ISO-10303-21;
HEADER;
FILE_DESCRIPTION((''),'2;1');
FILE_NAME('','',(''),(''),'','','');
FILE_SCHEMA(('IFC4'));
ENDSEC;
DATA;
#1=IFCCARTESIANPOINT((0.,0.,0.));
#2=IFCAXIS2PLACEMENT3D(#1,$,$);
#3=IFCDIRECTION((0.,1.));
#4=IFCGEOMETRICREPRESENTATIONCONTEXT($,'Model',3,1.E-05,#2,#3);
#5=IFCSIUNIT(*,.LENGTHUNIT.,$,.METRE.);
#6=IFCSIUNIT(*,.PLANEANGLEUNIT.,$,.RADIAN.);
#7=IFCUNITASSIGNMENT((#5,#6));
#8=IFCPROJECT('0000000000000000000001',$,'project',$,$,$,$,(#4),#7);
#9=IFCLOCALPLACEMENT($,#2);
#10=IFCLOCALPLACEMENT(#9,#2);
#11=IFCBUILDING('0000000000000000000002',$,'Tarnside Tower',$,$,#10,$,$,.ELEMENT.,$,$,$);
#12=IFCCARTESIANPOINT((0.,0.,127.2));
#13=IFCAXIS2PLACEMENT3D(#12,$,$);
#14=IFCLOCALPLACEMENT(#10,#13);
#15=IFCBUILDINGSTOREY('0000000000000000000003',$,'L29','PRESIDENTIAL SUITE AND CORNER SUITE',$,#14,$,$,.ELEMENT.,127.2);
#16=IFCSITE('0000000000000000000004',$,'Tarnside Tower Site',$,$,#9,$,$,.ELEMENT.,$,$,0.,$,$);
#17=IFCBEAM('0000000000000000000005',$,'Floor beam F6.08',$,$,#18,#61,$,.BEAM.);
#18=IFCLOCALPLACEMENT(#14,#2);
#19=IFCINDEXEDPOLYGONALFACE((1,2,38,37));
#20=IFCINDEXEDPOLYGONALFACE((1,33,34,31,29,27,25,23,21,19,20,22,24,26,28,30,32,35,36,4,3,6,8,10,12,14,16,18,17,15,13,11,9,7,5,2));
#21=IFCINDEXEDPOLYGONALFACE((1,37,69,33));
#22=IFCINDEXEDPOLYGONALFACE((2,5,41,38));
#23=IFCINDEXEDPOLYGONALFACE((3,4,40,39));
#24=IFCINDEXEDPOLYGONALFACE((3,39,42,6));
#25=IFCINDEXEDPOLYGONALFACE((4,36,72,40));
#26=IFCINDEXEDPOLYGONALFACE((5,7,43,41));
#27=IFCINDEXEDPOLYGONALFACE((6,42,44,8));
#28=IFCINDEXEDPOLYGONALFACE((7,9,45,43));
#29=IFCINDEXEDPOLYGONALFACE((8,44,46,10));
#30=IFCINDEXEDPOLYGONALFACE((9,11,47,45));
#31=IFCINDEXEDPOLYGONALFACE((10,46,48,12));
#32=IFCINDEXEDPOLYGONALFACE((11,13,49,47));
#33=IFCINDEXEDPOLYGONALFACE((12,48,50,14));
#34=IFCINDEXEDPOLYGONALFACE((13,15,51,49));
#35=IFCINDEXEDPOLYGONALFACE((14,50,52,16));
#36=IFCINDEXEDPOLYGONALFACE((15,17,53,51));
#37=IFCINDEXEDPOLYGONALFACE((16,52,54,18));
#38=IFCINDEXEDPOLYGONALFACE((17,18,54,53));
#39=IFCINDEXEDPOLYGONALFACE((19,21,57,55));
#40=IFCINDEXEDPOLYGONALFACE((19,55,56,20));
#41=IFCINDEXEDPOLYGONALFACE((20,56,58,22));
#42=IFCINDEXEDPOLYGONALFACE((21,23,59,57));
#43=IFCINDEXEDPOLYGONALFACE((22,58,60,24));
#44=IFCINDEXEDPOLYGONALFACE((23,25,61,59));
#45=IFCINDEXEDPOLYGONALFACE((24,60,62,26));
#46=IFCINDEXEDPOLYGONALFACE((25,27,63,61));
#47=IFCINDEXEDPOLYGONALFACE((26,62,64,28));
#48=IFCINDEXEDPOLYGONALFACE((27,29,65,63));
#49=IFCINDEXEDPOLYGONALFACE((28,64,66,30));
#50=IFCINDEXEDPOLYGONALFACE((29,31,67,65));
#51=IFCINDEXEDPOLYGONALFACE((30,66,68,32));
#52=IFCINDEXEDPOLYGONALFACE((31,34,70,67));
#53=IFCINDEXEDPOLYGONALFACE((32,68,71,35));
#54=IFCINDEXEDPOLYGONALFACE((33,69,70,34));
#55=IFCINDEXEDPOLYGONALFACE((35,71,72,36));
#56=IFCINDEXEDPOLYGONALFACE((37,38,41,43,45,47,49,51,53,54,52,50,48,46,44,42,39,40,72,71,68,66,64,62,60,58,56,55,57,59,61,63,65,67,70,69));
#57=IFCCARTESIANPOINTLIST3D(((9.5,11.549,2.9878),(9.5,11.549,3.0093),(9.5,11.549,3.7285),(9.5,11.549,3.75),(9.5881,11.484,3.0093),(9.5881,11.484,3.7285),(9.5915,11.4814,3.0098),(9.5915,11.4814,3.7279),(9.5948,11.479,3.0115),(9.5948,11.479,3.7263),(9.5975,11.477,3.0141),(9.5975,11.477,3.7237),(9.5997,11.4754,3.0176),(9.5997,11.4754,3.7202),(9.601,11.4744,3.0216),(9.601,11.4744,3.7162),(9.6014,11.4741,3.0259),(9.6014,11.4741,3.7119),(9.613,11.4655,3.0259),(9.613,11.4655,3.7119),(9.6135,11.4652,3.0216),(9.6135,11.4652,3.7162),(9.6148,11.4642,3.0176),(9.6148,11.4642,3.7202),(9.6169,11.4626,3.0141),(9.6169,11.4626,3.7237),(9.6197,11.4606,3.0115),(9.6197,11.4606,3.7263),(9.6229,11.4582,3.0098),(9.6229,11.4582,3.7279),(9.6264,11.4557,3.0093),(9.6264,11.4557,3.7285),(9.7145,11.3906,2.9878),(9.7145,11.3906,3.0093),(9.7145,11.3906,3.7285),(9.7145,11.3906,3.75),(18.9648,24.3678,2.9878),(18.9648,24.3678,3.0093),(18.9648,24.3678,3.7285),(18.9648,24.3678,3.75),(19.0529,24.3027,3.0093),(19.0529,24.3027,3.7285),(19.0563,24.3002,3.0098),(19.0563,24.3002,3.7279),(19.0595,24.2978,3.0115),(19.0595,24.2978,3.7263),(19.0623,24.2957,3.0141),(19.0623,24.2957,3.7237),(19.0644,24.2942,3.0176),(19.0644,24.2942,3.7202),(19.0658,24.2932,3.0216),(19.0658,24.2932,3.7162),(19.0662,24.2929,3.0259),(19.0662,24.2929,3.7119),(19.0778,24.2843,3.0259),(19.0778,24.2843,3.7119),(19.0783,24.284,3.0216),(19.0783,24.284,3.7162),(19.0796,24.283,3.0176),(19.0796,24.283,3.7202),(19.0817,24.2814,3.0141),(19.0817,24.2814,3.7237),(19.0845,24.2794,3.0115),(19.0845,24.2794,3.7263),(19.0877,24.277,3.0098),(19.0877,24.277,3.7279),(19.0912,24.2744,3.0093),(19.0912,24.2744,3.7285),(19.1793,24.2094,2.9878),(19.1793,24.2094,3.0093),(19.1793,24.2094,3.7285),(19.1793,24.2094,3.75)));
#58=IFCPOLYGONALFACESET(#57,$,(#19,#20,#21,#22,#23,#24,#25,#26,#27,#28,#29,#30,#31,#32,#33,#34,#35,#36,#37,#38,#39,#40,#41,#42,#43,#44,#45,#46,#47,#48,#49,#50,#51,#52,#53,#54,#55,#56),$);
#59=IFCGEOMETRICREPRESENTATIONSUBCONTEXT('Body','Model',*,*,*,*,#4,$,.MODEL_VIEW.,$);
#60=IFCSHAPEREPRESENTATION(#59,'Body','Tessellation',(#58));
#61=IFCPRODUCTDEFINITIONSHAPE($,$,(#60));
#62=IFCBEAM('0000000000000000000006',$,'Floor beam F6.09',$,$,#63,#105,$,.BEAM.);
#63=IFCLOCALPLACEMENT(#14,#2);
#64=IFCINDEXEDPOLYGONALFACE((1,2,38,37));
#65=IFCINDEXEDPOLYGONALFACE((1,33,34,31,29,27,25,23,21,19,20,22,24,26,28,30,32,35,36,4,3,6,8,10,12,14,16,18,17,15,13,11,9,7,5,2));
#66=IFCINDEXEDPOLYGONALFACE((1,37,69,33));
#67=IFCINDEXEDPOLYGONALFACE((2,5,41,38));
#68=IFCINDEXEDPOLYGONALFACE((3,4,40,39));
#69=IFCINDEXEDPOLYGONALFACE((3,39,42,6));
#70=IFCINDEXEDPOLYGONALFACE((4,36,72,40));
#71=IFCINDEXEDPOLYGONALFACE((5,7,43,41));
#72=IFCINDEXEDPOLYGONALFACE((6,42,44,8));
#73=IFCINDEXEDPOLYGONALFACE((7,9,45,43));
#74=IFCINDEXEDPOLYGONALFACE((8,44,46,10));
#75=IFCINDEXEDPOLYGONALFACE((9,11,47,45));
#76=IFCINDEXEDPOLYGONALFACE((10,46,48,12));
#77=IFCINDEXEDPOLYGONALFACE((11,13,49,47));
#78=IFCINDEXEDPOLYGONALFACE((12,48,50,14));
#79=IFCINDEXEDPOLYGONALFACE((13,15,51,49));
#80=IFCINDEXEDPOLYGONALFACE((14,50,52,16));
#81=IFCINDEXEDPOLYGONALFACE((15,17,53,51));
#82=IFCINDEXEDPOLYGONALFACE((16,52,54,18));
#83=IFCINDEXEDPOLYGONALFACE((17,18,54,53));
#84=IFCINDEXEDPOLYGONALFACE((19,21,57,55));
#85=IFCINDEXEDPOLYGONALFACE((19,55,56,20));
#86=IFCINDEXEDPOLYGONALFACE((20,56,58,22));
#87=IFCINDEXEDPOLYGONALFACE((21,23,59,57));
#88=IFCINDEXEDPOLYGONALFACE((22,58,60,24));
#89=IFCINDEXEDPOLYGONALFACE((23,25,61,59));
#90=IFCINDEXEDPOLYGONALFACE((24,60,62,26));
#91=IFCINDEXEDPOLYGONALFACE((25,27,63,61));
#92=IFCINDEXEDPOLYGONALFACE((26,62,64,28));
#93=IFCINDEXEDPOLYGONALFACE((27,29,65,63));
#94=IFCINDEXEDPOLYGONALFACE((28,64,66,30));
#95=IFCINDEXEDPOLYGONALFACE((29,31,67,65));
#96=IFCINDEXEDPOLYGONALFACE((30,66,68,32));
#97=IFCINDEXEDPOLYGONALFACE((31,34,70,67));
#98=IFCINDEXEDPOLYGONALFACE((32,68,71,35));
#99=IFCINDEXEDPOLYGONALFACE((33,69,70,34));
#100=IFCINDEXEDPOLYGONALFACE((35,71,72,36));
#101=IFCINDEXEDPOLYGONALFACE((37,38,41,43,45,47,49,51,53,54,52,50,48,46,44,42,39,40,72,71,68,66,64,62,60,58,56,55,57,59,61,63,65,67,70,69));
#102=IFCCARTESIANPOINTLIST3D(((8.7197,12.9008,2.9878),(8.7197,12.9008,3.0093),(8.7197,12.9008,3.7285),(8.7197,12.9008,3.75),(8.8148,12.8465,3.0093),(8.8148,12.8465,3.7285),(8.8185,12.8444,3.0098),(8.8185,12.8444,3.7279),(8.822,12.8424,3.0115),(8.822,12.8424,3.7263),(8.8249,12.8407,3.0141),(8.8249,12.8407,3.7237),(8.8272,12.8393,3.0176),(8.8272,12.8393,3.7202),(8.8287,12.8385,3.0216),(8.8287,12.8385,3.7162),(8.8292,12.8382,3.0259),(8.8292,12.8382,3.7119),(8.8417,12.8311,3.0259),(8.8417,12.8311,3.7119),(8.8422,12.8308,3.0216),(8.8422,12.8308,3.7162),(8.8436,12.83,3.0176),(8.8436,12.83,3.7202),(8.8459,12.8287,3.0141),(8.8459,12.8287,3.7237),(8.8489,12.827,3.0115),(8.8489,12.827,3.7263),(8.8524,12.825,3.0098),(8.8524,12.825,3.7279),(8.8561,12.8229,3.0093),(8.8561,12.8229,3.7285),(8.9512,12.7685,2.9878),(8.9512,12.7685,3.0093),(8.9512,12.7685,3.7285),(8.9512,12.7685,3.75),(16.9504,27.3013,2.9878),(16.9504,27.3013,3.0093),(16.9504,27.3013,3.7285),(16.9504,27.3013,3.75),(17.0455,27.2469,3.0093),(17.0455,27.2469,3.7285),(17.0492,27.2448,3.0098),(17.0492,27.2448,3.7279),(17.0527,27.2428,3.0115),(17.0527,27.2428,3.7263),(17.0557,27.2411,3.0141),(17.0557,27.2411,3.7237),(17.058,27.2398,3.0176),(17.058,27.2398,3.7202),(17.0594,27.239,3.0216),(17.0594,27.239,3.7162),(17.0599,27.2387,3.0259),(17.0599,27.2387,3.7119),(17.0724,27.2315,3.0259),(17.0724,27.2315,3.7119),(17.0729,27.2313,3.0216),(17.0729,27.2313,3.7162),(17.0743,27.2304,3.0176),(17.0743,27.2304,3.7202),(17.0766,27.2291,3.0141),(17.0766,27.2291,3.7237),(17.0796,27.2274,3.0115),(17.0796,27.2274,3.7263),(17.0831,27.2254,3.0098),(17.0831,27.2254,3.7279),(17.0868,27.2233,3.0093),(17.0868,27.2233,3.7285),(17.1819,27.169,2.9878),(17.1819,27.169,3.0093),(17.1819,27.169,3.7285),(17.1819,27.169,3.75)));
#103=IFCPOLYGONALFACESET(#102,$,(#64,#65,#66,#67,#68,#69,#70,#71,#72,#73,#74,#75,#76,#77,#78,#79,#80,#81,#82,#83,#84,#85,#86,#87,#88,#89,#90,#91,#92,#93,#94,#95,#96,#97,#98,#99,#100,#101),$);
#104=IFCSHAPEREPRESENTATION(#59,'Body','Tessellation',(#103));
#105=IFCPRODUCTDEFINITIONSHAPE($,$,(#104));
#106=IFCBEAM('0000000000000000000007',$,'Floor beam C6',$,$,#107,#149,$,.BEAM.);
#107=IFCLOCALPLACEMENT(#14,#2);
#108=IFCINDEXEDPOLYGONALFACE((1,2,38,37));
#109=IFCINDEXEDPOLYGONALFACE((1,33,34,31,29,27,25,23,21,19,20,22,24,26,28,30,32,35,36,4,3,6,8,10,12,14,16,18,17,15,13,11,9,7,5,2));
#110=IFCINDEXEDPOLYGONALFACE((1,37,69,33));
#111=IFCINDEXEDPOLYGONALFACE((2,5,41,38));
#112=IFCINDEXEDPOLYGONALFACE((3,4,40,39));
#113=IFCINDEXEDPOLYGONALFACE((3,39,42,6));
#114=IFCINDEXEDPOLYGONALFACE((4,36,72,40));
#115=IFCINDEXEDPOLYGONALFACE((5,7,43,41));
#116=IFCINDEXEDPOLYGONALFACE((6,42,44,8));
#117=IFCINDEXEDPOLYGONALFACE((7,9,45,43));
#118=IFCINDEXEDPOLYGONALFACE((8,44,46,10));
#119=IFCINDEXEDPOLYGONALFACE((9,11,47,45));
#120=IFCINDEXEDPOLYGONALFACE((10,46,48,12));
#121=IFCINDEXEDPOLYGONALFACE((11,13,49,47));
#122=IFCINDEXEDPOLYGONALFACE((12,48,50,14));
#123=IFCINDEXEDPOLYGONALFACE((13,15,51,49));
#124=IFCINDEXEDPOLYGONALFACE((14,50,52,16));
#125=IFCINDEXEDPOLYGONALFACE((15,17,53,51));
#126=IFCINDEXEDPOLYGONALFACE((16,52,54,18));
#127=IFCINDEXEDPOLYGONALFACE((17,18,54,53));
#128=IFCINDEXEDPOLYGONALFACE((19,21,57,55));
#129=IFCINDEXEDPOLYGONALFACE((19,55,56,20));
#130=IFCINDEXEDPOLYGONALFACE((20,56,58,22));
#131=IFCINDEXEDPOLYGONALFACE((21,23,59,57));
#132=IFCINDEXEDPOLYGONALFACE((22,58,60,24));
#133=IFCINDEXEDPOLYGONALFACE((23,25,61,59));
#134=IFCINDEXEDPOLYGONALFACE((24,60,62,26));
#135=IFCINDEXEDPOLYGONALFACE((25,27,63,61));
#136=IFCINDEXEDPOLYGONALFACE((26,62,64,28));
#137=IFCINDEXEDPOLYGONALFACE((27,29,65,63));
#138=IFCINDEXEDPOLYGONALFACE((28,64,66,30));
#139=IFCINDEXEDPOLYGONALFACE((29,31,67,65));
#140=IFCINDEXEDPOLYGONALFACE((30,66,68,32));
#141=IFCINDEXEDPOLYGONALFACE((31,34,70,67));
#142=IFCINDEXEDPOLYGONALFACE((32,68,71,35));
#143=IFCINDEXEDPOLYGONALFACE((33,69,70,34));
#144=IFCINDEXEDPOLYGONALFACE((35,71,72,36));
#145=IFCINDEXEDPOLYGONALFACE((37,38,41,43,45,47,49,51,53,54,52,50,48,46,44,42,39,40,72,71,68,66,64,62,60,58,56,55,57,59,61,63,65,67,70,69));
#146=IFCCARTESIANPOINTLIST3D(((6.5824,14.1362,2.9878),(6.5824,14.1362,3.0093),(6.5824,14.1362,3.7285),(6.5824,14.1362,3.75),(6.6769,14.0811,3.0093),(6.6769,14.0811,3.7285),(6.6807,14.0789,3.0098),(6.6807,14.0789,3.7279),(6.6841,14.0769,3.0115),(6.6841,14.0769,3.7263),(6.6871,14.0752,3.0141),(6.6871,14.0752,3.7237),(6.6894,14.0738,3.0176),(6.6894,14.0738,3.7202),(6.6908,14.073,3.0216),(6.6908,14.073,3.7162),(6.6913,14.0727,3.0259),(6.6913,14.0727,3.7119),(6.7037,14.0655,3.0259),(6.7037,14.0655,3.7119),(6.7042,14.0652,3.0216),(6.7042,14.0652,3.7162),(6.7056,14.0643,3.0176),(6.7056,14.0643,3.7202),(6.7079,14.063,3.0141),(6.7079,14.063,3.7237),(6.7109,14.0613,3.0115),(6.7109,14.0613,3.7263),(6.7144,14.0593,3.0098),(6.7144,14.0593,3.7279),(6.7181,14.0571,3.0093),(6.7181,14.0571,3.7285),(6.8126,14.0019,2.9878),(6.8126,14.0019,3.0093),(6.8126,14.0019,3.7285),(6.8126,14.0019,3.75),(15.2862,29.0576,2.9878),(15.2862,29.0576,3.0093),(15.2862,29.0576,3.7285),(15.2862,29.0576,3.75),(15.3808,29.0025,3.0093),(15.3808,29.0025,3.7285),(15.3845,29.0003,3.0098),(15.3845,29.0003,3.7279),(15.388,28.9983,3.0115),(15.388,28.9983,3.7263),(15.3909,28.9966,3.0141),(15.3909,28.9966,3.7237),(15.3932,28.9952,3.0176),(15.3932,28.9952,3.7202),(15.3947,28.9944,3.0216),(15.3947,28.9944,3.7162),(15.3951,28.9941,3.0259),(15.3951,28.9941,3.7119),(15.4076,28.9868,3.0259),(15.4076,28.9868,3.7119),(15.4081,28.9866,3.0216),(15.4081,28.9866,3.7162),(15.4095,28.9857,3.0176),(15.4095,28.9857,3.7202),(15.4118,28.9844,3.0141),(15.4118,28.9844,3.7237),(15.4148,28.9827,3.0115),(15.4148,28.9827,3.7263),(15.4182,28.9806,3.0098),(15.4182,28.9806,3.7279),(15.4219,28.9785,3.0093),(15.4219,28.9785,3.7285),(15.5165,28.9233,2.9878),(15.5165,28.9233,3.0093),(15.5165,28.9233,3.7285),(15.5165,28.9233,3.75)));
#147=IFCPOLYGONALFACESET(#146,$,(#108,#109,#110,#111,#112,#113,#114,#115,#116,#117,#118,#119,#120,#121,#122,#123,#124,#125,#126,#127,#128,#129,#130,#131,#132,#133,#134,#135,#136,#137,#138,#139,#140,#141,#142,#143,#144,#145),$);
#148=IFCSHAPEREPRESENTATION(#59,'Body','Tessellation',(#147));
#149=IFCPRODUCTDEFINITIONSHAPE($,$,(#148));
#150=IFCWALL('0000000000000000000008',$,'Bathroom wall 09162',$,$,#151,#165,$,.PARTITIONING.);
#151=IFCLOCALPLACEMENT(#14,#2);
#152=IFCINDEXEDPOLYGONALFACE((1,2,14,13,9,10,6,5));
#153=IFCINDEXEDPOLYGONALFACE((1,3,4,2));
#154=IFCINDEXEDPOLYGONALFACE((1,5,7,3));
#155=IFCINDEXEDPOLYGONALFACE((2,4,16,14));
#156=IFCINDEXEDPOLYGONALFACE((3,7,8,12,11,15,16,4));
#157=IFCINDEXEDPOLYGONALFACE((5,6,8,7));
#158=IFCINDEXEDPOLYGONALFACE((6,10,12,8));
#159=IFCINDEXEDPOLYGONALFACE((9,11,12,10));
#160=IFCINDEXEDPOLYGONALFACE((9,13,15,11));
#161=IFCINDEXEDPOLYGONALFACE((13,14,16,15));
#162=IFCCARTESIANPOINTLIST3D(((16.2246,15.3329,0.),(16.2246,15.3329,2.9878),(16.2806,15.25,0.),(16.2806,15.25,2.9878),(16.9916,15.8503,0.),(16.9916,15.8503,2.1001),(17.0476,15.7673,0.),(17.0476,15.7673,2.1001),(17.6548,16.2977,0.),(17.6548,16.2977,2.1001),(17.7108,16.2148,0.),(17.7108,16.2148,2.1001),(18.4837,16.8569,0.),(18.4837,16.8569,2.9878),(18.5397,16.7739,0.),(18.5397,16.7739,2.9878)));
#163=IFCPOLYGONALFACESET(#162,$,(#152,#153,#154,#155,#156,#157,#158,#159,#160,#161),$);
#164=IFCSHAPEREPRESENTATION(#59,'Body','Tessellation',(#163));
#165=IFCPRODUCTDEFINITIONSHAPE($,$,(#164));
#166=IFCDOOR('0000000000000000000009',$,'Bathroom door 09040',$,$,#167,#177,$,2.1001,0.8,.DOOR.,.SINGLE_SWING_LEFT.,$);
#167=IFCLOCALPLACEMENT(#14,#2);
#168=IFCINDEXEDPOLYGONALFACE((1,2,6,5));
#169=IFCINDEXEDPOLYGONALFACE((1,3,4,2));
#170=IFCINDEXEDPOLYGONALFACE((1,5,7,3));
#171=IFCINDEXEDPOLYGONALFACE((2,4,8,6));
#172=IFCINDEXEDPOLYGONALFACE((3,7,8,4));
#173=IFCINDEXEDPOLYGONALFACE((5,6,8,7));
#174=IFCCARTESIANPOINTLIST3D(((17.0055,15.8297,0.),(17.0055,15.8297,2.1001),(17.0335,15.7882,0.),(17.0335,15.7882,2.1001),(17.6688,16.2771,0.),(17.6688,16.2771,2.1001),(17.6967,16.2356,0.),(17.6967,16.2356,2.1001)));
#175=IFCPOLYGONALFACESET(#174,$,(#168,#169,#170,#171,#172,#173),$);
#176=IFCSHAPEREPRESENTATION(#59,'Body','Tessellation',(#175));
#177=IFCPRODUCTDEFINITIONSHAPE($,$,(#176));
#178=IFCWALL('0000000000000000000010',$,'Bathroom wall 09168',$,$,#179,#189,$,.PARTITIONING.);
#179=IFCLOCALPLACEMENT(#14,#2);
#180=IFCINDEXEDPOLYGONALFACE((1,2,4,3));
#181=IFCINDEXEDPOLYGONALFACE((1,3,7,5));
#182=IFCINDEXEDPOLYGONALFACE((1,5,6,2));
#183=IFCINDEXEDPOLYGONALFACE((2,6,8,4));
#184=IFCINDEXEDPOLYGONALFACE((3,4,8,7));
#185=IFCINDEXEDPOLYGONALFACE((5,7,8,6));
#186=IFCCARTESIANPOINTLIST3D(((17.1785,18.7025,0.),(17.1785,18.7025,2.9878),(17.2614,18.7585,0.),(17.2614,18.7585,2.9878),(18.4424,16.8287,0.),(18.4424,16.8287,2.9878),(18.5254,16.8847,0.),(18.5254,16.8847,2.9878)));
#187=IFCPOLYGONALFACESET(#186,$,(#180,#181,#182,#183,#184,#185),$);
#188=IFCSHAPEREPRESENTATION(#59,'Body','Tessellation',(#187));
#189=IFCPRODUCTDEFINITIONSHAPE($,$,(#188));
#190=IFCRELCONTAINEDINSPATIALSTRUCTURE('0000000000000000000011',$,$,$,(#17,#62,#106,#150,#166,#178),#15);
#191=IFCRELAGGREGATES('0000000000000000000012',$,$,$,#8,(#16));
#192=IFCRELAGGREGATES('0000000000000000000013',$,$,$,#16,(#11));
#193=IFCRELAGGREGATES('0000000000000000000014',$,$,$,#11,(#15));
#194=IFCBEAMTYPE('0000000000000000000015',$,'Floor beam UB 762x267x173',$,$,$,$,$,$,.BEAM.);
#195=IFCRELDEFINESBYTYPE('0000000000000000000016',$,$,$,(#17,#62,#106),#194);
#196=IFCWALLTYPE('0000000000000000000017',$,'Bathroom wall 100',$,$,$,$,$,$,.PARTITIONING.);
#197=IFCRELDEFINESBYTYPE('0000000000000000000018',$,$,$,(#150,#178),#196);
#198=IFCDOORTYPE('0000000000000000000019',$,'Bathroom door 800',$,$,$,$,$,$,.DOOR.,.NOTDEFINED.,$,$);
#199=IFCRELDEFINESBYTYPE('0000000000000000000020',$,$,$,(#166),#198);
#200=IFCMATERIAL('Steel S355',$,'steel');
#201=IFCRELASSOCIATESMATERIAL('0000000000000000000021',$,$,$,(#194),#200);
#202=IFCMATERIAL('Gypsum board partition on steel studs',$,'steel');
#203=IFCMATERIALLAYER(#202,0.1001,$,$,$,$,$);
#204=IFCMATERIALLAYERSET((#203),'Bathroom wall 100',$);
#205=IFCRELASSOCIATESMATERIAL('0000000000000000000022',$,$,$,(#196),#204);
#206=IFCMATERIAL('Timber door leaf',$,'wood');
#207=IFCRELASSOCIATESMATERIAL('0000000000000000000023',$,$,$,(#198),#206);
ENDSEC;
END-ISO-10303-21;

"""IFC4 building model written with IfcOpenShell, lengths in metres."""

from ifc_helpers import new_model, si_unit, direction, frame, frame_2d, origin, origin_2d, place, context, subcontext, project, spatial, rectangle, i_section, extrude, material, layer, layer_set, material_profile, profile_set, type_object, element, fill, save


model = new_model("IFC4")

# Units and contexts
model_context = context("Model", 3, precision=1e-05, world=origin(), true_north=direction((0.0, 1.0)))
body_context = subcontext(model_context, "Body", "Model", "MODEL_VIEW")
ifc_project = project(units=[si_unit("LENGTHUNIT", "METRE"), si_unit("PLANEANGLEUNIT", "RADIAN")], contexts=[model_context])

# Site, building, storey
site_placement = place(None, origin())
site = spatial("IfcSite", under=ifc_project, at=site_placement, Name="Tarnside Tower Site", CompositionType="ELEMENT", RefElevation=0.0)
building_placement = place(site_placement, origin())
building = spatial("IfcBuilding", under=site, at=building_placement, Name="Tarnside Tower", CompositionType="ELEMENT")
storey_placement = place(building_placement, frame((0.0, 0.0, 127.2)))
storey = spatial("IfcBuildingStorey", under=building, at=storey_placement, Name="L29", Description="PRESIDENTIAL SUITE AND CORNER SUITE", CompositionType="ELEMENT", Elevation=127.2)

# Beams
ifc_material_1 = material(Name="Steel S355", Category="steel")
ifc_material_profile_1 = material_profile(ifc_material_1, i_section(OverallWidth=0.2666, OverallDepth=0.7622, WebThickness=0.0144, FlangeThickness=0.0215, FilletRadius=0.0166, at=origin_2d()), Name="UB 762x267x173")
ifc_profile_set_1 = profile_set([ifc_material_profile_1], Name="Steel S355")
beam_type_1 = type_object("IfcBeamType", Name="Floor beam UB 762x267x173", PredefinedType="BEAM", material=ifc_profile_set_1)
beam_1_placement = place(storey_placement, frame((19.072, 24.2886, 3.3689), z_axis=(-0.593987, -0.804475, 0.0), x_axis=(0.804475, -0.593987, 0.0)))
element("IfcBeam", 1, at=beam_1_placement, inside=storey, type_object=beam_type_1, Name="Floor beam F6.08", PredefinedType="BEAM", context=body_context, shape_type="SweptSolid", body=[
    extrude(i_section(OverallWidth=0.2666, OverallDepth=0.7622, WebThickness=0.0144, FlangeThickness=0.0215, FilletRadius=0.0166, at=origin_2d()), origin(), (0.0, 0.0, 1.0), 15.9343),
])
beam_2_placement = place(storey_placement, frame((17.0662, 27.2351, 3.3689), z_axis=(-0.496226, -0.868193, 0.0), x_axis=(0.868193, -0.496226, 0.0)))
element("IfcBeam", 2, at=beam_2_placement, inside=storey, type_object=beam_type_1, Name="Floor beam F6.09", PredefinedType="BEAM", context=body_context, shape_type="SweptSolid", body=[
    extrude(i_section(OverallWidth=0.2666, OverallDepth=0.7622, WebThickness=0.0144, FlangeThickness=0.0215, FilletRadius=0.0166, at=origin_2d()), origin(), (0.0, 0.0, 1.0), 16.5867),
])
beam_3_placement = place(storey_placement, frame((15.4014, 28.9905, 3.3689), z_axis=(-0.503859, -0.863786, 0.0), x_axis=(0.863786, -0.503859, 0.0)))
element("IfcBeam", 3, at=beam_3_placement, inside=storey, type_object=beam_type_1, Name="Floor beam C6", PredefinedType="BEAM", context=body_context, shape_type="SweptSolid", body=[
    extrude(i_section(OverallWidth=0.2666, OverallDepth=0.7622, WebThickness=0.0144, FlangeThickness=0.0215, FilletRadius=0.0166, at=origin_2d()), origin(), (0.0, 0.0, 1.0), 17.2744),
])

# Wall, opening, door
ifc_material_2 = material(Name="Gypsum board partition on steel studs", Category="steel")
ifc_layer_1 = layer(ifc_material_2, 0.1001)
ifc_layer_set_1 = layer_set([ifc_layer_1], Name="Bathroom wall 100")
wall_type_1 = type_object("IfcWallType", Name="Bathroom wall 100", PredefinedType="PARTITIONING", material=ifc_layer_set_1)
wall_1_placement = place(storey_placement, frame((18.5117, 16.8154, 0.0), z_axis=(0.0, 0.0, 1.0), x_axis=(-0.829005, -0.55924, 0.0)))
wall_1 = element("IfcWall", 4, at=wall_1_placement, inside=storey, type_object=wall_type_1, Name="Bathroom wall 09162", PredefinedType="PARTITIONING", context=body_context, shape_type="SweptSolid", body=[
    extrude(rectangle(XDim=2.7251, YDim=0.1001, at=frame_2d((1.3625, 0.0))), origin(), (0.0, 0.0, 1.0), 2.9878),
])
opening_1_placement = place(wall_1_placement, frame((1.0, 0.0, 0.0)))
opening_1 = element("IfcOpeningElement", 5, at=opening_1_placement, cuts=wall_1, PredefinedType="OPENING", context=body_context, shape_type="SweptSolid", body=[
    extrude(rectangle(XDim=0.8, YDim=2.1001, at=frame_2d((0.3999, 1.05))), frame((0.0, 0.0601, 0.0), z_axis=(0.0, -1.0, 0.0), x_axis=(1.0, 0.0, 0.0)), (0.0, 0.0, 1.0), 0.1201),
])
ifc_material_3 = material(Name="Timber door leaf", Category="wood")
door_type_1 = type_object("IfcDoorType", Name="Bathroom door 800", OperationType="NOTDEFINED", PredefinedType="DOOR", material=ifc_material_3)
door_1_placement = place(opening_1_placement, origin())
door_1 = element("IfcDoor", 6, at=door_1_placement, inside=storey, type_object=door_type_1, Name="Bathroom door 09040", OperationType="SINGLE_SWING_LEFT", OverallHeight=2.1001, OverallWidth=0.8, PredefinedType="DOOR", context=body_context, shape_type="SweptSolid", body=[
    extrude(rectangle(XDim=0.8, YDim=2.1001, at=frame_2d((0.3999, 1.05))), frame((0.0, 0.0249, 0.0), z_axis=(0.0, -1.0, 0.0), x_axis=(1.0, 0.0, 0.0)), (0.0, 0.0, 1.0), 0.05),
])
fill(opening_1, door_1)

# Wall
wall_2_placement = place(storey_placement, frame((18.4839, 16.8567, 0.0), z_axis=(0.0, 0.0, 1.0), x_axis=(-0.559204, 0.82903, 0.0)))
element("IfcWall", 7, at=wall_2_placement, inside=storey, type_object=wall_type_1, Name="Bathroom wall 09168", PredefinedType="PARTITIONING", context=body_context, shape_type="SweptSolid", body=[
    extrude(rectangle(XDim=2.2603, YDim=0.1001, at=frame_2d((1.1301, 0.0))), origin(), (0.0, 0.0, 1.0), 2.9878),
])

save(model, "model.ifc")
